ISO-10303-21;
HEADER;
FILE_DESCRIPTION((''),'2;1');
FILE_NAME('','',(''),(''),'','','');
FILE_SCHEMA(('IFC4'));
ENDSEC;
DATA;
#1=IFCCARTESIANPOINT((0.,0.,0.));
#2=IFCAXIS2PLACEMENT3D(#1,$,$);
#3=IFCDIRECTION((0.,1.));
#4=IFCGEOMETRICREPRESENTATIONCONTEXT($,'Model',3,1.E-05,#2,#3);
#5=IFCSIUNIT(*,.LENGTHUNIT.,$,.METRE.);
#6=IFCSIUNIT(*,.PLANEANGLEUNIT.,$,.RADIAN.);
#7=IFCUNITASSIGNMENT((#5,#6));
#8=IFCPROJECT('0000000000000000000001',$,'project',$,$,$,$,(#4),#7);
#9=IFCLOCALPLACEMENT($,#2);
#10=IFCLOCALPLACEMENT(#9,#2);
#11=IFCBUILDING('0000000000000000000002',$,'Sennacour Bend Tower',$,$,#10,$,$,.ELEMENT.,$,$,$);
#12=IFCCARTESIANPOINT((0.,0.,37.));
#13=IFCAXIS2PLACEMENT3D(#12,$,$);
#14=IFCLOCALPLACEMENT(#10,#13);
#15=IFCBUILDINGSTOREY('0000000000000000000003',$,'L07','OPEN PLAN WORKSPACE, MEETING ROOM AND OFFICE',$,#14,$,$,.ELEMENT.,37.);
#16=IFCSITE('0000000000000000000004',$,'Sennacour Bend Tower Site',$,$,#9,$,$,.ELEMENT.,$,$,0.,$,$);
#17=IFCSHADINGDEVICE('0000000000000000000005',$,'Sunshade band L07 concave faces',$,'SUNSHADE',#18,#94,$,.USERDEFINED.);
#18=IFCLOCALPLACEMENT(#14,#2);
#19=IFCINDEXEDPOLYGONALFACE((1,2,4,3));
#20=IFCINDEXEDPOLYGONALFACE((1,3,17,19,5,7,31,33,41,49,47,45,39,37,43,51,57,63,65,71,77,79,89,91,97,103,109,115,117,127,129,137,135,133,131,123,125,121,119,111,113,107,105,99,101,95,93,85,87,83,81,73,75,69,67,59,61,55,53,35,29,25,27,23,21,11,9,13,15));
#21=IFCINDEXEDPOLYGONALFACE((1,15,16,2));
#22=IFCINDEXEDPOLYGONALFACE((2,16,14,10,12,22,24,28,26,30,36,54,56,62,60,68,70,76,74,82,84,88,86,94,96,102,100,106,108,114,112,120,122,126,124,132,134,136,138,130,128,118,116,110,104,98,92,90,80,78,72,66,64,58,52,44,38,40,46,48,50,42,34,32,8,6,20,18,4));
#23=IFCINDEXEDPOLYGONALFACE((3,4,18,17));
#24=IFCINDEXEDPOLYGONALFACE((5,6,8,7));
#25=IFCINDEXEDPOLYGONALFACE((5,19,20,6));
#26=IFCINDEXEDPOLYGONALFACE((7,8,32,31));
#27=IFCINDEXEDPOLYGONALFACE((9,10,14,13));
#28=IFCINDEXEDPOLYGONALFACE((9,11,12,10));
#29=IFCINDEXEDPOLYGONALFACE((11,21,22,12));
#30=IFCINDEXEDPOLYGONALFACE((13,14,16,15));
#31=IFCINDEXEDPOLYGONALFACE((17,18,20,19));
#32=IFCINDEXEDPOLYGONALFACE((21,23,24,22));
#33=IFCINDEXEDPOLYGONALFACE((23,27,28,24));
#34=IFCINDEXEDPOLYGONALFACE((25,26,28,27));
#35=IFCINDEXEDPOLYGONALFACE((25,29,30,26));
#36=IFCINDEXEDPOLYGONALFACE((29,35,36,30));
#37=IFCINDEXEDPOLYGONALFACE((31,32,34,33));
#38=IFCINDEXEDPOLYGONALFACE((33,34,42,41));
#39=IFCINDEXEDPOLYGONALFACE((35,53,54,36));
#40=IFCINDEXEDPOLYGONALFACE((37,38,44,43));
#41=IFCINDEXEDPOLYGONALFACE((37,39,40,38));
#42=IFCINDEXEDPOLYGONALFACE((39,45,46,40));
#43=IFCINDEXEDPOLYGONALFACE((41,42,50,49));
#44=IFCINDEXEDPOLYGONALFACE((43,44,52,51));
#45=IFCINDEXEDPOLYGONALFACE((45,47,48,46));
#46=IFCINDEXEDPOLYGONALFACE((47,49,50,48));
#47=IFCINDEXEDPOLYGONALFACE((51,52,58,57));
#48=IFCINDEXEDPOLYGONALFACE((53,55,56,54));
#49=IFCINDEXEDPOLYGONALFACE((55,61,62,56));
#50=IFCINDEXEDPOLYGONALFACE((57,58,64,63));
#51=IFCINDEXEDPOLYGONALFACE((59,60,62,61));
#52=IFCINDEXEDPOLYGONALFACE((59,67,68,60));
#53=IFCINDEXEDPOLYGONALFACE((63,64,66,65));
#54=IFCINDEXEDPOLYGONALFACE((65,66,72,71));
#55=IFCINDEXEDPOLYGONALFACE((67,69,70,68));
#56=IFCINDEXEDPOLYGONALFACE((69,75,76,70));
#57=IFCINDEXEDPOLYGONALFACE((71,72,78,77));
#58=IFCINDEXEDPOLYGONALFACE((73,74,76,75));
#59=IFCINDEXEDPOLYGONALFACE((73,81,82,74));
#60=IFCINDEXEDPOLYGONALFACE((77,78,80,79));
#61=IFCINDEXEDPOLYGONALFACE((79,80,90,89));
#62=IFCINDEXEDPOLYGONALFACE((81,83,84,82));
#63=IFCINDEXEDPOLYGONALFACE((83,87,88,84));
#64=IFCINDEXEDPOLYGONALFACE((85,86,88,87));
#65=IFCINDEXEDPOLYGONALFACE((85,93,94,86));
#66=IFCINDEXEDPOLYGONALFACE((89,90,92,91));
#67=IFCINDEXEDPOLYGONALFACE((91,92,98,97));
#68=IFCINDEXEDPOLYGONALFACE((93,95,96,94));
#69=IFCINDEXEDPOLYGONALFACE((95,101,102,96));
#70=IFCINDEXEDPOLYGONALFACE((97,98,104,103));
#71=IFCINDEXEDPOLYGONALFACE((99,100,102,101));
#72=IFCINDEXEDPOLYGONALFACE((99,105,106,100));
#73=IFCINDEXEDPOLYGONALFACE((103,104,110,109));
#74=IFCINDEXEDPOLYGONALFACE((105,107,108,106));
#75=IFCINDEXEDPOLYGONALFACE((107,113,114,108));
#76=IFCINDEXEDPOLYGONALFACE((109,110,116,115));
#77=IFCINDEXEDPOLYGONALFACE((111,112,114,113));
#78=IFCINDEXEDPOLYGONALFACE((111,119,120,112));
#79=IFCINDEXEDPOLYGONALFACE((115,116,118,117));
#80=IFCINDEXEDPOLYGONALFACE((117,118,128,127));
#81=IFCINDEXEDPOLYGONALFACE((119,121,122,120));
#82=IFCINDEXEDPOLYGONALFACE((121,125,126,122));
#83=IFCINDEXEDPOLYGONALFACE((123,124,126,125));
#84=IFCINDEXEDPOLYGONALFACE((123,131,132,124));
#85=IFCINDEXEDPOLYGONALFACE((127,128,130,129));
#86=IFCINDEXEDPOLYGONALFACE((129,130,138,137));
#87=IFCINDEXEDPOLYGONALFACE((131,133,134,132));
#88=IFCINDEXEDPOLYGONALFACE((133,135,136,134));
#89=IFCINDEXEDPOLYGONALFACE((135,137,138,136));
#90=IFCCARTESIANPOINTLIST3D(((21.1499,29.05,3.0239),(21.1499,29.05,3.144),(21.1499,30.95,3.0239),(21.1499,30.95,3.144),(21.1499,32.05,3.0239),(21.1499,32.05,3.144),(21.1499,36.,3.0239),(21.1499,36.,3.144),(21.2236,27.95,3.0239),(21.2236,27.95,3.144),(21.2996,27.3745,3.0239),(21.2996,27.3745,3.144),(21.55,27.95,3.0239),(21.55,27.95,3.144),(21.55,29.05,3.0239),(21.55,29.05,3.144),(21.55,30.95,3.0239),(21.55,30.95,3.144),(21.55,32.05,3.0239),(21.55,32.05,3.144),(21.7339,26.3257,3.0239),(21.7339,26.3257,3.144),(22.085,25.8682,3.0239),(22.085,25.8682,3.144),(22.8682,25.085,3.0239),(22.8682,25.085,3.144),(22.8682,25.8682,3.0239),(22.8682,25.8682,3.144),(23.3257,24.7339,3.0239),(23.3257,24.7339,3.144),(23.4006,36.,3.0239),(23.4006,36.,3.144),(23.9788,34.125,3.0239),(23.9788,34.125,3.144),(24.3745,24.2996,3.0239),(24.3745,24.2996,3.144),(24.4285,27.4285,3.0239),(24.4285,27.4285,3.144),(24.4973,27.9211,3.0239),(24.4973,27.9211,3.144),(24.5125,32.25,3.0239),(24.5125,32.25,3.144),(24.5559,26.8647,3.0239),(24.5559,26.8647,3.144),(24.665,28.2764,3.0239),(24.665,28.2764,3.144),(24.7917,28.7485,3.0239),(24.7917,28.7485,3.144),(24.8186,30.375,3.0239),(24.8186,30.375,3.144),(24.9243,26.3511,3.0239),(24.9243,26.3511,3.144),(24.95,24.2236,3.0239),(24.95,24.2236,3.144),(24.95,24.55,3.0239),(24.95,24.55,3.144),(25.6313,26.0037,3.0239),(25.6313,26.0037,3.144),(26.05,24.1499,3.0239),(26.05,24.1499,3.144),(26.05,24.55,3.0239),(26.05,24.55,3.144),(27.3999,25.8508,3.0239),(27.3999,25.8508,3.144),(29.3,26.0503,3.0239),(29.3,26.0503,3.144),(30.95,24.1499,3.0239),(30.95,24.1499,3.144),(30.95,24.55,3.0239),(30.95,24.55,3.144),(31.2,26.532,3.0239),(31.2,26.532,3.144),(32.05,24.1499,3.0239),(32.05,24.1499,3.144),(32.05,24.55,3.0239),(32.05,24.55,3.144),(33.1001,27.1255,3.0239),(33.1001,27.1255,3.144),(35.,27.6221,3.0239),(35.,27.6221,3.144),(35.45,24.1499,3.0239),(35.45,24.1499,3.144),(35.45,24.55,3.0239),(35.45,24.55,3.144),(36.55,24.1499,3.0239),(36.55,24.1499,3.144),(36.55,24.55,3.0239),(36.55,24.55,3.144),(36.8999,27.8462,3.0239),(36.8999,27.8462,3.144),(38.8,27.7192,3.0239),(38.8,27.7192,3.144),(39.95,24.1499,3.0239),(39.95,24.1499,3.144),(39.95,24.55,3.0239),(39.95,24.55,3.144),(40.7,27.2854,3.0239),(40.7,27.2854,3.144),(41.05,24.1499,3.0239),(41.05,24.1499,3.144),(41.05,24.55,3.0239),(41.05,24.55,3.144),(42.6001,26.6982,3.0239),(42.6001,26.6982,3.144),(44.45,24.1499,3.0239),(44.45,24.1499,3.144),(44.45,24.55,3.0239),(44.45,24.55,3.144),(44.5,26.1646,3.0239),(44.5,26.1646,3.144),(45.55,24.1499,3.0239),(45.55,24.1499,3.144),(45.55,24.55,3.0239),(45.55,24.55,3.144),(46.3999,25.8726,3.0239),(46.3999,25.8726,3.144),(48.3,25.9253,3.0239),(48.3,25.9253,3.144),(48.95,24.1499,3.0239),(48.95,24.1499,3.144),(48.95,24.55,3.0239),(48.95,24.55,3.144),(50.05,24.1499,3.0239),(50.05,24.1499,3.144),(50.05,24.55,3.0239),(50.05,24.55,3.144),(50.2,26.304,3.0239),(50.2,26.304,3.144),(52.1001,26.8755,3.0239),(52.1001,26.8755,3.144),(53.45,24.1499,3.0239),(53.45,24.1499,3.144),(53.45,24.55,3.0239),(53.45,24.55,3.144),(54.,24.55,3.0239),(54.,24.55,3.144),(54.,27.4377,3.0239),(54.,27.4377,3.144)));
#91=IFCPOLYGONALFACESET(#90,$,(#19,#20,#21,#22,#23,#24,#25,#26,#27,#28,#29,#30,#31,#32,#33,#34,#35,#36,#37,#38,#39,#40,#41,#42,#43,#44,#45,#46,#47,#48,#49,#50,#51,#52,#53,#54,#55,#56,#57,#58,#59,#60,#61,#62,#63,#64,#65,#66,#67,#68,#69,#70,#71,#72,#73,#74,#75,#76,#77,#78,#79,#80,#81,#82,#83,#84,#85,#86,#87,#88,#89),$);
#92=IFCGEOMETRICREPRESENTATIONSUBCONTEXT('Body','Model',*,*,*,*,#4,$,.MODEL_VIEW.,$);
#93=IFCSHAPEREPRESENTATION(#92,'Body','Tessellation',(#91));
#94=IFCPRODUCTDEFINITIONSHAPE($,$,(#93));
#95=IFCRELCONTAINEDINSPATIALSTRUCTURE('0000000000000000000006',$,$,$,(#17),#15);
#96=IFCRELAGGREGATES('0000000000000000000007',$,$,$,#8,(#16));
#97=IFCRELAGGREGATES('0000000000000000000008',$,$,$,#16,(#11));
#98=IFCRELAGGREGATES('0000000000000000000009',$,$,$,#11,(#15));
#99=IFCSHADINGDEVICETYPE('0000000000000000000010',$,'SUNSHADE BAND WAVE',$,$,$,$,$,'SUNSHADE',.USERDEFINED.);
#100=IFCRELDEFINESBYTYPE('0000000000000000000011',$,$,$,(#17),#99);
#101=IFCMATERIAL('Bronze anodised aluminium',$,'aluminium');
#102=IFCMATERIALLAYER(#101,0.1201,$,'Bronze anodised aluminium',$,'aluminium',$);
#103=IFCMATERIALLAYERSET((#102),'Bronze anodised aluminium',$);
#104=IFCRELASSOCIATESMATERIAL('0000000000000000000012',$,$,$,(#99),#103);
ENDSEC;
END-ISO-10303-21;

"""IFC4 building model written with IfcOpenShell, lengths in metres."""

from ifc_helpers import new_model, si_unit, direction, frame, origin, place, context, subcontext, project, spatial, polyline, outline, extrude, material, layer, layer_set, type_object, element, save


model = new_model("IFC4")

# Units and contexts
model_context = context("Model", 3, precision=1e-05, world=origin(), true_north=direction((0.0, 1.0)))
body_context = subcontext(model_context, "Body", "Model", "MODEL_VIEW")
ifc_project = project(units=[si_unit("LENGTHUNIT", "METRE"), si_unit("PLANEANGLEUNIT", "RADIAN")], contexts=[model_context])

# Site, building, storey
site_placement = place(None, origin())
site = spatial("IfcSite", under=ifc_project, at=site_placement, Name="Sennacour Bend Tower Site", CompositionType="ELEMENT", RefElevation=0.0)
building_placement = place(site_placement, origin())
building = spatial("IfcBuilding", under=site, at=building_placement, Name="Sennacour Bend Tower", CompositionType="ELEMENT")
storey_placement = place(building_placement, frame((0.0, 0.0, 37.0)))
storey = spatial("IfcBuildingStorey", under=building, at=storey_placement, Name="L07", Description="OPEN PLAN WORKSPACE, MEETING ROOM AND OFFICE", CompositionType="ELEMENT", Elevation=37.0)

# Shading device
ifc_material_1 = material(Name="Bronze anodised aluminium", Category="aluminium")
ifc_layer_1 = layer(ifc_material_1, 0.1201, Name="Bronze anodised aluminium", Category="aluminium")
ifc_layer_set_1 = layer_set([ifc_layer_1], Name="Bronze anodised aluminium")
shading_device_type_1 = type_object("IfcShadingDeviceType", Name="SUNSHADE BAND WAVE", ElementType="SUNSHADE", PredefinedType="USERDEFINED", material=ifc_layer_set_1)
shading_device_1_placement = place(storey_placement, frame((0.0, 0.0, 3.0239)))
element("IfcShadingDevice", 1, at=shading_device_1_placement, inside=storey, type_object=shading_device_type_1, Name="Sunshade band L07 concave faces", ObjectType="SUNSHADE", PredefinedType="USERDEFINED", context=body_context, shape_type="SweptSolid", body=[
    extrude(outline(polyline([(53.45, 24.1499), (50.05, 24.1499), (50.05, 24.55), (48.95, 24.55), (48.95, 24.1499), (45.55, 24.1499), (45.55, 24.55), (44.45, 24.55), (44.45, 24.1499), (41.05, 24.1499), (41.05, 24.55), (39.95, 24.55), (39.95, 24.1499), (36.55, 24.1499), (36.55, 24.55), (35.45, 24.55), (35.45, 24.1499), (32.05, 24.1499), (32.05, 24.55), (30.95, 24.55), (30.95, 24.1499), (26.05, 24.1499), (26.05, 24.55), (24.95, 24.55), (24.95, 24.2236), (24.3745, 24.2996), (23.3257, 24.7339), (22.8682, 25.085), (22.8682, 25.8682), (22.085, 25.8682), (21.7339, 26.3257), (21.2996, 27.3745), (21.2236, 27.95), (21.55, 27.95), (21.55, 29.05), (21.1499, 29.05), (21.1499, 30.95), (21.55, 30.95), (21.55, 32.05), (21.1499, 32.05), (21.1499, 36.0), (23.4006, 36.0), (23.9788, 34.125), (24.5125, 32.25), (24.8186, 30.375), (24.7917, 28.7485), (24.665, 28.2764), (24.4973, 27.9211), (24.4285, 27.4285), (24.5559, 26.8647), (24.9243, 26.3511), (25.6313, 26.0037), (27.3999, 25.8508), (29.3, 26.0503), (31.2, 26.532), (33.1001, 27.1255), (35.0, 27.6221), (36.8999, 27.8462), (38.8, 27.7192), (40.7, 27.2854), (42.6001, 26.6982), (44.5, 26.1646), (46.3999, 25.8726), (48.3, 25.9253), (50.2, 26.304), (52.1001, 26.8755), (54.0, 27.4377), (54.0, 24.55), (53.45, 24.55), (53.45, 24.1499)])), origin(), (0.0, 0.0, 1.0), 0.1201),
])

save(model, "model.ifc")
